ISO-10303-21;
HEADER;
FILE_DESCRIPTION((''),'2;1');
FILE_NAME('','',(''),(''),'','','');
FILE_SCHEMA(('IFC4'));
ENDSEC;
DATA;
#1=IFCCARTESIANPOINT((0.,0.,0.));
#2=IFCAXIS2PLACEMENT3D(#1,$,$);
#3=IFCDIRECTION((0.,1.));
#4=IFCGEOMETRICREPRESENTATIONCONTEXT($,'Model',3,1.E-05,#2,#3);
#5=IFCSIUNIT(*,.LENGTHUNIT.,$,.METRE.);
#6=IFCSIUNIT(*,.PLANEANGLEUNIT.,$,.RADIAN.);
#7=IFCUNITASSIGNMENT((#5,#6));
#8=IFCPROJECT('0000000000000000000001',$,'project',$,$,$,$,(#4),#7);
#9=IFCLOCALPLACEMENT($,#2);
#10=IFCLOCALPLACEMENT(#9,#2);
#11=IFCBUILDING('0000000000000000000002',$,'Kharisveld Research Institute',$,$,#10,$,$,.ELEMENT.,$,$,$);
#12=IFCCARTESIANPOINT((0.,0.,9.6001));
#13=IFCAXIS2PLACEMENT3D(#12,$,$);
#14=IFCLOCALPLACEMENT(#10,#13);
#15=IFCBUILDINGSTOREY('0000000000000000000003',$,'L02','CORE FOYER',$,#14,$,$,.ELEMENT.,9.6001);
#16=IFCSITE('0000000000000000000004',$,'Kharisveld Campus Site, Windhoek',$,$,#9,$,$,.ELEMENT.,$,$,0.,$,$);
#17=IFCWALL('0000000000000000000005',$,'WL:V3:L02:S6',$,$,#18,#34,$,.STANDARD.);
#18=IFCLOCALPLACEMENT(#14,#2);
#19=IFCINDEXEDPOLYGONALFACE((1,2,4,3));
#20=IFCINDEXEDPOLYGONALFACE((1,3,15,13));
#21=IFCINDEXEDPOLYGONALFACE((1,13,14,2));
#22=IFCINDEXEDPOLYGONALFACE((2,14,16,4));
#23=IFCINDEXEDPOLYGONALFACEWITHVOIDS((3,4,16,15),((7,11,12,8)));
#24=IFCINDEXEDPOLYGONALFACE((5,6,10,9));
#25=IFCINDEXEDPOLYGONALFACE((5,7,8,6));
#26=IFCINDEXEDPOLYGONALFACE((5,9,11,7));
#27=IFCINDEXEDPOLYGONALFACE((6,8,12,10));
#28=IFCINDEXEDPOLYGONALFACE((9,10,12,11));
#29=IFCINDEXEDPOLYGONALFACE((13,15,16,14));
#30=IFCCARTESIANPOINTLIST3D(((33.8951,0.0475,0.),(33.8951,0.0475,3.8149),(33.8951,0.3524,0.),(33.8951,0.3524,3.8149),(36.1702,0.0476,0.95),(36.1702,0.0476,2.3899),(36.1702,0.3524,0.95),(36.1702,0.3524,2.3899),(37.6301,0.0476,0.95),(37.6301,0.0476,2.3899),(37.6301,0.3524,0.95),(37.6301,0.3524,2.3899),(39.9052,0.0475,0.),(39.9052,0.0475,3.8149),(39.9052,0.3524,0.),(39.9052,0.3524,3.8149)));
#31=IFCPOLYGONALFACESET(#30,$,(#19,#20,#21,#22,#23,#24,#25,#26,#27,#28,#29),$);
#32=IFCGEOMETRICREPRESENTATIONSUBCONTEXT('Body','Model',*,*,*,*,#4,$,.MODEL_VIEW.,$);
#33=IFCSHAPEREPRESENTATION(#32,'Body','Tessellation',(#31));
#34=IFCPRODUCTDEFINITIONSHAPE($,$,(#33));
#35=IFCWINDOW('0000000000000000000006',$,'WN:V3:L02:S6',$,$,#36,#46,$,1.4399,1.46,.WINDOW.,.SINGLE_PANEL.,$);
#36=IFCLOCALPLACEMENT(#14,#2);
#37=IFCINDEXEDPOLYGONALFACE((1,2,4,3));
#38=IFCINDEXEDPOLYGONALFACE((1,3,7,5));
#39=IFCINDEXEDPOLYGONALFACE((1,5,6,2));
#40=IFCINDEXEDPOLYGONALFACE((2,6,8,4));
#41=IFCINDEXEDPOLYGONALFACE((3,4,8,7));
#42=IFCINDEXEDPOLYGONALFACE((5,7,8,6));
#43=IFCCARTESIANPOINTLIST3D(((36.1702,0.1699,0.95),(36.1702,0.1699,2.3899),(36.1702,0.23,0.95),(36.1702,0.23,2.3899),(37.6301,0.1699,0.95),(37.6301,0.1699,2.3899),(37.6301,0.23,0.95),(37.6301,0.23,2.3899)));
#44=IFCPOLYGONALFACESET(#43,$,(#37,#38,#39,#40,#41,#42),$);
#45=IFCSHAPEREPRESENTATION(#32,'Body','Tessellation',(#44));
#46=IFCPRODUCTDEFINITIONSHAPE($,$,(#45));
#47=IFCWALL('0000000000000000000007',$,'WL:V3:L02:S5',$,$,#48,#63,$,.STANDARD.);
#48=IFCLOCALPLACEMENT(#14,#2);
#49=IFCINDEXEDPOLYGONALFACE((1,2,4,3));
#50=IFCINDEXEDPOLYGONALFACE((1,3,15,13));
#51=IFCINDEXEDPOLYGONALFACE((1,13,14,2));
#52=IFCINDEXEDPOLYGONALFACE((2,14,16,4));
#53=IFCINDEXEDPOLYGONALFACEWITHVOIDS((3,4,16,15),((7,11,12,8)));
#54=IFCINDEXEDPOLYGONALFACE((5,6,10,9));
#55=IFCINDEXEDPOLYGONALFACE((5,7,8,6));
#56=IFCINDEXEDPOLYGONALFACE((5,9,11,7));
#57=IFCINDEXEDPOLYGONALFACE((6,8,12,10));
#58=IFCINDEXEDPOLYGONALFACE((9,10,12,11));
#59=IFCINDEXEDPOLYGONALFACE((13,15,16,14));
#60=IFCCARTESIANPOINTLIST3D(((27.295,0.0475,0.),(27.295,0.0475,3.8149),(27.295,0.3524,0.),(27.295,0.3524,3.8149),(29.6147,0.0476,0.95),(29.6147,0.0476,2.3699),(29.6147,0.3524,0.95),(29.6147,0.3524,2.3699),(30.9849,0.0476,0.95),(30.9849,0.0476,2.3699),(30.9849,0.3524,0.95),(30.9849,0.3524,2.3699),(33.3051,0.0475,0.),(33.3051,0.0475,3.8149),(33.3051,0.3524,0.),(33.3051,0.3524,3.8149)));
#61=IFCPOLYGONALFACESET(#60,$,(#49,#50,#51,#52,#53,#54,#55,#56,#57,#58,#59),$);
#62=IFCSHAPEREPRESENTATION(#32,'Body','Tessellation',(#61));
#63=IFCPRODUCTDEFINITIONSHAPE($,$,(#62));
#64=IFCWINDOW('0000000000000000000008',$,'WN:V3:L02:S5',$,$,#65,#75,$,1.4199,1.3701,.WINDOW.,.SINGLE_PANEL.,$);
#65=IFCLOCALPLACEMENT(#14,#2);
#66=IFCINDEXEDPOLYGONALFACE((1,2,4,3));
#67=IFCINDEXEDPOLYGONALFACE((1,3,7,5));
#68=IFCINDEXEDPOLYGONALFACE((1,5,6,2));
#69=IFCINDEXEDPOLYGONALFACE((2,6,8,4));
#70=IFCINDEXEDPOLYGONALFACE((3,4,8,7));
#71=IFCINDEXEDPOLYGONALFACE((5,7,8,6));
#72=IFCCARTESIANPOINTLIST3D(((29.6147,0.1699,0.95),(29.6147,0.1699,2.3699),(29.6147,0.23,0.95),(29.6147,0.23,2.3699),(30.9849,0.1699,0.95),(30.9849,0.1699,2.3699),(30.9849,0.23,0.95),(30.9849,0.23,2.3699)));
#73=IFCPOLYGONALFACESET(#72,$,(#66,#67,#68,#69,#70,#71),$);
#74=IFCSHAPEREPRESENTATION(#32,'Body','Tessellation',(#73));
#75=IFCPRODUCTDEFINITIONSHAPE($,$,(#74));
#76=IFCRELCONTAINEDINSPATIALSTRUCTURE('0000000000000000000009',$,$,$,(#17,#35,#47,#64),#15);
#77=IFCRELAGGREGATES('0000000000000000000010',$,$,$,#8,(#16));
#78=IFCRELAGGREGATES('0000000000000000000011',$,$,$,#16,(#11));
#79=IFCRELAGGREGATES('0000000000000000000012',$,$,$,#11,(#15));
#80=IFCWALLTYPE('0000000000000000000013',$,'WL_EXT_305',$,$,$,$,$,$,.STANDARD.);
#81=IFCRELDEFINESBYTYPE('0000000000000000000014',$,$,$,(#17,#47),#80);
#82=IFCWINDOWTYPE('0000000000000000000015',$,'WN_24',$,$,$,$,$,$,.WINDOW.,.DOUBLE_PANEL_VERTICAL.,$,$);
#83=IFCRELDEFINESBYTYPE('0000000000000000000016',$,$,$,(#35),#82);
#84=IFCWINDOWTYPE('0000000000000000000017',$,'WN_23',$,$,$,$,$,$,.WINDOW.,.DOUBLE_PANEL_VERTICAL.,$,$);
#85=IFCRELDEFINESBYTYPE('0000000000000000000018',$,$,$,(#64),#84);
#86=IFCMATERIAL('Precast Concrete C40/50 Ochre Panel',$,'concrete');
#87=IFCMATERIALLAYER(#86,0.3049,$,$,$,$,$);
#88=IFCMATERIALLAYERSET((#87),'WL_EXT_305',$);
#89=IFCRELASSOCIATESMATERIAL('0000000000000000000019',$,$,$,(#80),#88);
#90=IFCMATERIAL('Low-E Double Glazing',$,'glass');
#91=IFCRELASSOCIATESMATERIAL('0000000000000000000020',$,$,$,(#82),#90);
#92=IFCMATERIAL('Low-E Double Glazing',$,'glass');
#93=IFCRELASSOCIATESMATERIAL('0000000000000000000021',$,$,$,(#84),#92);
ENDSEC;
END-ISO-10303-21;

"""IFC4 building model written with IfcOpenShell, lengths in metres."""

from ifc_helpers import new_model, si_unit, direction, frame, frame_2d, origin, place, context, subcontext, project, spatial, rectangle, extrude, material, layer, layer_set, type_object, element, fill, save


model = new_model("IFC4")

# Units and contexts
model_context = context("Model", 3, precision=1e-05, world=origin(), true_north=direction((0.0, 1.0)))
body_context = subcontext(model_context, "Body", "Model", "MODEL_VIEW")
ifc_project = project(units=[si_unit("LENGTHUNIT", "METRE"), si_unit("PLANEANGLEUNIT", "RADIAN")], contexts=[model_context])

# Site, building, storey
site_placement = place(None, origin())
site = spatial("IfcSite", under=ifc_project, at=site_placement, Name="Kharisveld Campus Site, Windhoek", CompositionType="ELEMENT", RefElevation=0.0)
building_placement = place(site_placement, origin())
building = spatial("IfcBuilding", under=site, at=building_placement, Name="Kharisveld Research Institute", CompositionType="ELEMENT")
storey_placement = place(building_placement, frame((0.0, 0.0, 9.6001)))
storey = spatial("IfcBuildingStorey", under=building, at=storey_placement, Name="L02", Description="CORE FOYER", CompositionType="ELEMENT", Elevation=9.6001)

# Walls, openings, windows
ifc_material_1 = material(Name="Precast Concrete C40/50 Ochre Panel", Category="concrete")
ifc_layer_1 = layer(ifc_material_1, 0.3049)
ifc_layer_set_1 = layer_set([ifc_layer_1], Name="WL_EXT_305")
wall_type_1 = type_object("IfcWallType", Name="WL_EXT_305", PredefinedType="STANDARD", material=ifc_layer_set_1)
wall_1_placement = place(storey_placement, frame((39.905, 0.2, 0.0), z_axis=(0.0, 0.0, 1.0), x_axis=(-1.0, 0.0, 0.0)))
wall_1 = element("IfcWall", 1, at=wall_1_placement, inside=storey, type_object=wall_type_1, Name="WL:V3:L02:S6", PredefinedType="STANDARD", context=body_context, shape_type="SweptSolid", body=[
    extrude(rectangle(XDim=6.01, YDim=0.3049, at=frame_2d((3.0049, 0.0))), origin(), (0.0, 0.0, 1.0), 3.8149),
])
opening_1_placement = place(wall_1_placement, frame((2.2749, 0.0, 0.95)))
opening_1 = element("IfcOpeningElement", 2, at=opening_1_placement, cuts=wall_1, PredefinedType="OPENING", context=body_context, shape_type="SweptSolid", body=[
    extrude(rectangle(XDim=1.46, YDim=1.4399, at=frame_2d((0.73, 0.72))), frame((0.0, 0.1523, 0.0), z_axis=(0.0, -1.0, 0.0), x_axis=(1.0, 0.0, 0.0)), (0.0, 0.0, 1.0), 0.3049),
])
ifc_material_2 = material(Name="Low-E Double Glazing", Category="glass")
window_type_1 = type_object("IfcWindowType", Name="WN_24", PartitioningType="DOUBLE_PANEL_VERTICAL", PredefinedType="WINDOW", material=ifc_material_2)
window_1_placement = place(opening_1_placement, origin())
window_1 = element("IfcWindow", 3, at=window_1_placement, inside=storey, type_object=window_type_1, Name="WN:V3:L02:S6", OverallHeight=1.4399, OverallWidth=1.46, PartitioningType="SINGLE_PANEL", PredefinedType="WINDOW", context=body_context, shape_type="SweptSolid", body=[
    extrude(rectangle(XDim=1.46, YDim=1.4399, at=frame_2d((0.73, 0.72))), frame((0.0, 0.03, 0.0), z_axis=(0.0, -1.0, 0.0), x_axis=(1.0, 0.0, 0.0)), (0.0, 0.0, 1.0), 0.0601),
])
fill(opening_1, window_1)
wall_2_placement = place(storey_placement, frame((33.3049, 0.2, 0.0), z_axis=(0.0, 0.0, 1.0), x_axis=(-1.0, 0.0, 0.0)))
wall_2 = element("IfcWall", 4, at=wall_2_placement, inside=storey, type_object=wall_type_1, Name="WL:V3:L02:S5", PredefinedType="STANDARD", context=body_context, shape_type="SweptSolid", body=[
    extrude(rectangle(XDim=6.01, YDim=0.3049, at=frame_2d((3.0049, 0.0))), origin(), (0.0, 0.0, 1.0), 3.8149),
])
opening_2_placement = place(wall_2_placement, frame((2.3201, 0.0, 0.95)))
opening_2 = element("IfcOpeningElement", 5, at=opening_2_placement, cuts=wall_2, PredefinedType="OPENING", context=body_context, shape_type="SweptSolid", body=[
    extrude(rectangle(XDim=1.3701, YDim=1.4199, at=frame_2d((0.6851, 0.71))), frame((0.0, 0.1523, 0.0), z_axis=(0.0, -1.0, 0.0), x_axis=(1.0, 0.0, 0.0)), (0.0, 0.0, 1.0), 0.3049),
])
ifc_material_3 = material(Name="Low-E Double Glazing", Category="glass")
window_type_2 = type_object("IfcWindowType", Name="WN_23", PartitioningType="DOUBLE_PANEL_VERTICAL", PredefinedType="WINDOW", material=ifc_material_3)
window_2_placement = place(opening_2_placement, origin())
window_2 = element("IfcWindow", 6, at=window_2_placement, inside=storey, type_object=window_type_2, Name="WN:V3:L02:S5", OverallHeight=1.4199, OverallWidth=1.3701, PartitioningType="SINGLE_PANEL", PredefinedType="WINDOW", context=body_context, shape_type="SweptSolid", body=[
    extrude(rectangle(XDim=1.3701, YDim=1.4199, at=frame_2d((0.6851, 0.71))), frame((0.0, 0.03, 0.0), z_axis=(0.0, -1.0, 0.0), x_axis=(1.0, 0.0, 0.0)), (0.0, 0.0, 1.0), 0.0601),
])
fill(opening_2, window_2)

save(model, "model.ifc")
